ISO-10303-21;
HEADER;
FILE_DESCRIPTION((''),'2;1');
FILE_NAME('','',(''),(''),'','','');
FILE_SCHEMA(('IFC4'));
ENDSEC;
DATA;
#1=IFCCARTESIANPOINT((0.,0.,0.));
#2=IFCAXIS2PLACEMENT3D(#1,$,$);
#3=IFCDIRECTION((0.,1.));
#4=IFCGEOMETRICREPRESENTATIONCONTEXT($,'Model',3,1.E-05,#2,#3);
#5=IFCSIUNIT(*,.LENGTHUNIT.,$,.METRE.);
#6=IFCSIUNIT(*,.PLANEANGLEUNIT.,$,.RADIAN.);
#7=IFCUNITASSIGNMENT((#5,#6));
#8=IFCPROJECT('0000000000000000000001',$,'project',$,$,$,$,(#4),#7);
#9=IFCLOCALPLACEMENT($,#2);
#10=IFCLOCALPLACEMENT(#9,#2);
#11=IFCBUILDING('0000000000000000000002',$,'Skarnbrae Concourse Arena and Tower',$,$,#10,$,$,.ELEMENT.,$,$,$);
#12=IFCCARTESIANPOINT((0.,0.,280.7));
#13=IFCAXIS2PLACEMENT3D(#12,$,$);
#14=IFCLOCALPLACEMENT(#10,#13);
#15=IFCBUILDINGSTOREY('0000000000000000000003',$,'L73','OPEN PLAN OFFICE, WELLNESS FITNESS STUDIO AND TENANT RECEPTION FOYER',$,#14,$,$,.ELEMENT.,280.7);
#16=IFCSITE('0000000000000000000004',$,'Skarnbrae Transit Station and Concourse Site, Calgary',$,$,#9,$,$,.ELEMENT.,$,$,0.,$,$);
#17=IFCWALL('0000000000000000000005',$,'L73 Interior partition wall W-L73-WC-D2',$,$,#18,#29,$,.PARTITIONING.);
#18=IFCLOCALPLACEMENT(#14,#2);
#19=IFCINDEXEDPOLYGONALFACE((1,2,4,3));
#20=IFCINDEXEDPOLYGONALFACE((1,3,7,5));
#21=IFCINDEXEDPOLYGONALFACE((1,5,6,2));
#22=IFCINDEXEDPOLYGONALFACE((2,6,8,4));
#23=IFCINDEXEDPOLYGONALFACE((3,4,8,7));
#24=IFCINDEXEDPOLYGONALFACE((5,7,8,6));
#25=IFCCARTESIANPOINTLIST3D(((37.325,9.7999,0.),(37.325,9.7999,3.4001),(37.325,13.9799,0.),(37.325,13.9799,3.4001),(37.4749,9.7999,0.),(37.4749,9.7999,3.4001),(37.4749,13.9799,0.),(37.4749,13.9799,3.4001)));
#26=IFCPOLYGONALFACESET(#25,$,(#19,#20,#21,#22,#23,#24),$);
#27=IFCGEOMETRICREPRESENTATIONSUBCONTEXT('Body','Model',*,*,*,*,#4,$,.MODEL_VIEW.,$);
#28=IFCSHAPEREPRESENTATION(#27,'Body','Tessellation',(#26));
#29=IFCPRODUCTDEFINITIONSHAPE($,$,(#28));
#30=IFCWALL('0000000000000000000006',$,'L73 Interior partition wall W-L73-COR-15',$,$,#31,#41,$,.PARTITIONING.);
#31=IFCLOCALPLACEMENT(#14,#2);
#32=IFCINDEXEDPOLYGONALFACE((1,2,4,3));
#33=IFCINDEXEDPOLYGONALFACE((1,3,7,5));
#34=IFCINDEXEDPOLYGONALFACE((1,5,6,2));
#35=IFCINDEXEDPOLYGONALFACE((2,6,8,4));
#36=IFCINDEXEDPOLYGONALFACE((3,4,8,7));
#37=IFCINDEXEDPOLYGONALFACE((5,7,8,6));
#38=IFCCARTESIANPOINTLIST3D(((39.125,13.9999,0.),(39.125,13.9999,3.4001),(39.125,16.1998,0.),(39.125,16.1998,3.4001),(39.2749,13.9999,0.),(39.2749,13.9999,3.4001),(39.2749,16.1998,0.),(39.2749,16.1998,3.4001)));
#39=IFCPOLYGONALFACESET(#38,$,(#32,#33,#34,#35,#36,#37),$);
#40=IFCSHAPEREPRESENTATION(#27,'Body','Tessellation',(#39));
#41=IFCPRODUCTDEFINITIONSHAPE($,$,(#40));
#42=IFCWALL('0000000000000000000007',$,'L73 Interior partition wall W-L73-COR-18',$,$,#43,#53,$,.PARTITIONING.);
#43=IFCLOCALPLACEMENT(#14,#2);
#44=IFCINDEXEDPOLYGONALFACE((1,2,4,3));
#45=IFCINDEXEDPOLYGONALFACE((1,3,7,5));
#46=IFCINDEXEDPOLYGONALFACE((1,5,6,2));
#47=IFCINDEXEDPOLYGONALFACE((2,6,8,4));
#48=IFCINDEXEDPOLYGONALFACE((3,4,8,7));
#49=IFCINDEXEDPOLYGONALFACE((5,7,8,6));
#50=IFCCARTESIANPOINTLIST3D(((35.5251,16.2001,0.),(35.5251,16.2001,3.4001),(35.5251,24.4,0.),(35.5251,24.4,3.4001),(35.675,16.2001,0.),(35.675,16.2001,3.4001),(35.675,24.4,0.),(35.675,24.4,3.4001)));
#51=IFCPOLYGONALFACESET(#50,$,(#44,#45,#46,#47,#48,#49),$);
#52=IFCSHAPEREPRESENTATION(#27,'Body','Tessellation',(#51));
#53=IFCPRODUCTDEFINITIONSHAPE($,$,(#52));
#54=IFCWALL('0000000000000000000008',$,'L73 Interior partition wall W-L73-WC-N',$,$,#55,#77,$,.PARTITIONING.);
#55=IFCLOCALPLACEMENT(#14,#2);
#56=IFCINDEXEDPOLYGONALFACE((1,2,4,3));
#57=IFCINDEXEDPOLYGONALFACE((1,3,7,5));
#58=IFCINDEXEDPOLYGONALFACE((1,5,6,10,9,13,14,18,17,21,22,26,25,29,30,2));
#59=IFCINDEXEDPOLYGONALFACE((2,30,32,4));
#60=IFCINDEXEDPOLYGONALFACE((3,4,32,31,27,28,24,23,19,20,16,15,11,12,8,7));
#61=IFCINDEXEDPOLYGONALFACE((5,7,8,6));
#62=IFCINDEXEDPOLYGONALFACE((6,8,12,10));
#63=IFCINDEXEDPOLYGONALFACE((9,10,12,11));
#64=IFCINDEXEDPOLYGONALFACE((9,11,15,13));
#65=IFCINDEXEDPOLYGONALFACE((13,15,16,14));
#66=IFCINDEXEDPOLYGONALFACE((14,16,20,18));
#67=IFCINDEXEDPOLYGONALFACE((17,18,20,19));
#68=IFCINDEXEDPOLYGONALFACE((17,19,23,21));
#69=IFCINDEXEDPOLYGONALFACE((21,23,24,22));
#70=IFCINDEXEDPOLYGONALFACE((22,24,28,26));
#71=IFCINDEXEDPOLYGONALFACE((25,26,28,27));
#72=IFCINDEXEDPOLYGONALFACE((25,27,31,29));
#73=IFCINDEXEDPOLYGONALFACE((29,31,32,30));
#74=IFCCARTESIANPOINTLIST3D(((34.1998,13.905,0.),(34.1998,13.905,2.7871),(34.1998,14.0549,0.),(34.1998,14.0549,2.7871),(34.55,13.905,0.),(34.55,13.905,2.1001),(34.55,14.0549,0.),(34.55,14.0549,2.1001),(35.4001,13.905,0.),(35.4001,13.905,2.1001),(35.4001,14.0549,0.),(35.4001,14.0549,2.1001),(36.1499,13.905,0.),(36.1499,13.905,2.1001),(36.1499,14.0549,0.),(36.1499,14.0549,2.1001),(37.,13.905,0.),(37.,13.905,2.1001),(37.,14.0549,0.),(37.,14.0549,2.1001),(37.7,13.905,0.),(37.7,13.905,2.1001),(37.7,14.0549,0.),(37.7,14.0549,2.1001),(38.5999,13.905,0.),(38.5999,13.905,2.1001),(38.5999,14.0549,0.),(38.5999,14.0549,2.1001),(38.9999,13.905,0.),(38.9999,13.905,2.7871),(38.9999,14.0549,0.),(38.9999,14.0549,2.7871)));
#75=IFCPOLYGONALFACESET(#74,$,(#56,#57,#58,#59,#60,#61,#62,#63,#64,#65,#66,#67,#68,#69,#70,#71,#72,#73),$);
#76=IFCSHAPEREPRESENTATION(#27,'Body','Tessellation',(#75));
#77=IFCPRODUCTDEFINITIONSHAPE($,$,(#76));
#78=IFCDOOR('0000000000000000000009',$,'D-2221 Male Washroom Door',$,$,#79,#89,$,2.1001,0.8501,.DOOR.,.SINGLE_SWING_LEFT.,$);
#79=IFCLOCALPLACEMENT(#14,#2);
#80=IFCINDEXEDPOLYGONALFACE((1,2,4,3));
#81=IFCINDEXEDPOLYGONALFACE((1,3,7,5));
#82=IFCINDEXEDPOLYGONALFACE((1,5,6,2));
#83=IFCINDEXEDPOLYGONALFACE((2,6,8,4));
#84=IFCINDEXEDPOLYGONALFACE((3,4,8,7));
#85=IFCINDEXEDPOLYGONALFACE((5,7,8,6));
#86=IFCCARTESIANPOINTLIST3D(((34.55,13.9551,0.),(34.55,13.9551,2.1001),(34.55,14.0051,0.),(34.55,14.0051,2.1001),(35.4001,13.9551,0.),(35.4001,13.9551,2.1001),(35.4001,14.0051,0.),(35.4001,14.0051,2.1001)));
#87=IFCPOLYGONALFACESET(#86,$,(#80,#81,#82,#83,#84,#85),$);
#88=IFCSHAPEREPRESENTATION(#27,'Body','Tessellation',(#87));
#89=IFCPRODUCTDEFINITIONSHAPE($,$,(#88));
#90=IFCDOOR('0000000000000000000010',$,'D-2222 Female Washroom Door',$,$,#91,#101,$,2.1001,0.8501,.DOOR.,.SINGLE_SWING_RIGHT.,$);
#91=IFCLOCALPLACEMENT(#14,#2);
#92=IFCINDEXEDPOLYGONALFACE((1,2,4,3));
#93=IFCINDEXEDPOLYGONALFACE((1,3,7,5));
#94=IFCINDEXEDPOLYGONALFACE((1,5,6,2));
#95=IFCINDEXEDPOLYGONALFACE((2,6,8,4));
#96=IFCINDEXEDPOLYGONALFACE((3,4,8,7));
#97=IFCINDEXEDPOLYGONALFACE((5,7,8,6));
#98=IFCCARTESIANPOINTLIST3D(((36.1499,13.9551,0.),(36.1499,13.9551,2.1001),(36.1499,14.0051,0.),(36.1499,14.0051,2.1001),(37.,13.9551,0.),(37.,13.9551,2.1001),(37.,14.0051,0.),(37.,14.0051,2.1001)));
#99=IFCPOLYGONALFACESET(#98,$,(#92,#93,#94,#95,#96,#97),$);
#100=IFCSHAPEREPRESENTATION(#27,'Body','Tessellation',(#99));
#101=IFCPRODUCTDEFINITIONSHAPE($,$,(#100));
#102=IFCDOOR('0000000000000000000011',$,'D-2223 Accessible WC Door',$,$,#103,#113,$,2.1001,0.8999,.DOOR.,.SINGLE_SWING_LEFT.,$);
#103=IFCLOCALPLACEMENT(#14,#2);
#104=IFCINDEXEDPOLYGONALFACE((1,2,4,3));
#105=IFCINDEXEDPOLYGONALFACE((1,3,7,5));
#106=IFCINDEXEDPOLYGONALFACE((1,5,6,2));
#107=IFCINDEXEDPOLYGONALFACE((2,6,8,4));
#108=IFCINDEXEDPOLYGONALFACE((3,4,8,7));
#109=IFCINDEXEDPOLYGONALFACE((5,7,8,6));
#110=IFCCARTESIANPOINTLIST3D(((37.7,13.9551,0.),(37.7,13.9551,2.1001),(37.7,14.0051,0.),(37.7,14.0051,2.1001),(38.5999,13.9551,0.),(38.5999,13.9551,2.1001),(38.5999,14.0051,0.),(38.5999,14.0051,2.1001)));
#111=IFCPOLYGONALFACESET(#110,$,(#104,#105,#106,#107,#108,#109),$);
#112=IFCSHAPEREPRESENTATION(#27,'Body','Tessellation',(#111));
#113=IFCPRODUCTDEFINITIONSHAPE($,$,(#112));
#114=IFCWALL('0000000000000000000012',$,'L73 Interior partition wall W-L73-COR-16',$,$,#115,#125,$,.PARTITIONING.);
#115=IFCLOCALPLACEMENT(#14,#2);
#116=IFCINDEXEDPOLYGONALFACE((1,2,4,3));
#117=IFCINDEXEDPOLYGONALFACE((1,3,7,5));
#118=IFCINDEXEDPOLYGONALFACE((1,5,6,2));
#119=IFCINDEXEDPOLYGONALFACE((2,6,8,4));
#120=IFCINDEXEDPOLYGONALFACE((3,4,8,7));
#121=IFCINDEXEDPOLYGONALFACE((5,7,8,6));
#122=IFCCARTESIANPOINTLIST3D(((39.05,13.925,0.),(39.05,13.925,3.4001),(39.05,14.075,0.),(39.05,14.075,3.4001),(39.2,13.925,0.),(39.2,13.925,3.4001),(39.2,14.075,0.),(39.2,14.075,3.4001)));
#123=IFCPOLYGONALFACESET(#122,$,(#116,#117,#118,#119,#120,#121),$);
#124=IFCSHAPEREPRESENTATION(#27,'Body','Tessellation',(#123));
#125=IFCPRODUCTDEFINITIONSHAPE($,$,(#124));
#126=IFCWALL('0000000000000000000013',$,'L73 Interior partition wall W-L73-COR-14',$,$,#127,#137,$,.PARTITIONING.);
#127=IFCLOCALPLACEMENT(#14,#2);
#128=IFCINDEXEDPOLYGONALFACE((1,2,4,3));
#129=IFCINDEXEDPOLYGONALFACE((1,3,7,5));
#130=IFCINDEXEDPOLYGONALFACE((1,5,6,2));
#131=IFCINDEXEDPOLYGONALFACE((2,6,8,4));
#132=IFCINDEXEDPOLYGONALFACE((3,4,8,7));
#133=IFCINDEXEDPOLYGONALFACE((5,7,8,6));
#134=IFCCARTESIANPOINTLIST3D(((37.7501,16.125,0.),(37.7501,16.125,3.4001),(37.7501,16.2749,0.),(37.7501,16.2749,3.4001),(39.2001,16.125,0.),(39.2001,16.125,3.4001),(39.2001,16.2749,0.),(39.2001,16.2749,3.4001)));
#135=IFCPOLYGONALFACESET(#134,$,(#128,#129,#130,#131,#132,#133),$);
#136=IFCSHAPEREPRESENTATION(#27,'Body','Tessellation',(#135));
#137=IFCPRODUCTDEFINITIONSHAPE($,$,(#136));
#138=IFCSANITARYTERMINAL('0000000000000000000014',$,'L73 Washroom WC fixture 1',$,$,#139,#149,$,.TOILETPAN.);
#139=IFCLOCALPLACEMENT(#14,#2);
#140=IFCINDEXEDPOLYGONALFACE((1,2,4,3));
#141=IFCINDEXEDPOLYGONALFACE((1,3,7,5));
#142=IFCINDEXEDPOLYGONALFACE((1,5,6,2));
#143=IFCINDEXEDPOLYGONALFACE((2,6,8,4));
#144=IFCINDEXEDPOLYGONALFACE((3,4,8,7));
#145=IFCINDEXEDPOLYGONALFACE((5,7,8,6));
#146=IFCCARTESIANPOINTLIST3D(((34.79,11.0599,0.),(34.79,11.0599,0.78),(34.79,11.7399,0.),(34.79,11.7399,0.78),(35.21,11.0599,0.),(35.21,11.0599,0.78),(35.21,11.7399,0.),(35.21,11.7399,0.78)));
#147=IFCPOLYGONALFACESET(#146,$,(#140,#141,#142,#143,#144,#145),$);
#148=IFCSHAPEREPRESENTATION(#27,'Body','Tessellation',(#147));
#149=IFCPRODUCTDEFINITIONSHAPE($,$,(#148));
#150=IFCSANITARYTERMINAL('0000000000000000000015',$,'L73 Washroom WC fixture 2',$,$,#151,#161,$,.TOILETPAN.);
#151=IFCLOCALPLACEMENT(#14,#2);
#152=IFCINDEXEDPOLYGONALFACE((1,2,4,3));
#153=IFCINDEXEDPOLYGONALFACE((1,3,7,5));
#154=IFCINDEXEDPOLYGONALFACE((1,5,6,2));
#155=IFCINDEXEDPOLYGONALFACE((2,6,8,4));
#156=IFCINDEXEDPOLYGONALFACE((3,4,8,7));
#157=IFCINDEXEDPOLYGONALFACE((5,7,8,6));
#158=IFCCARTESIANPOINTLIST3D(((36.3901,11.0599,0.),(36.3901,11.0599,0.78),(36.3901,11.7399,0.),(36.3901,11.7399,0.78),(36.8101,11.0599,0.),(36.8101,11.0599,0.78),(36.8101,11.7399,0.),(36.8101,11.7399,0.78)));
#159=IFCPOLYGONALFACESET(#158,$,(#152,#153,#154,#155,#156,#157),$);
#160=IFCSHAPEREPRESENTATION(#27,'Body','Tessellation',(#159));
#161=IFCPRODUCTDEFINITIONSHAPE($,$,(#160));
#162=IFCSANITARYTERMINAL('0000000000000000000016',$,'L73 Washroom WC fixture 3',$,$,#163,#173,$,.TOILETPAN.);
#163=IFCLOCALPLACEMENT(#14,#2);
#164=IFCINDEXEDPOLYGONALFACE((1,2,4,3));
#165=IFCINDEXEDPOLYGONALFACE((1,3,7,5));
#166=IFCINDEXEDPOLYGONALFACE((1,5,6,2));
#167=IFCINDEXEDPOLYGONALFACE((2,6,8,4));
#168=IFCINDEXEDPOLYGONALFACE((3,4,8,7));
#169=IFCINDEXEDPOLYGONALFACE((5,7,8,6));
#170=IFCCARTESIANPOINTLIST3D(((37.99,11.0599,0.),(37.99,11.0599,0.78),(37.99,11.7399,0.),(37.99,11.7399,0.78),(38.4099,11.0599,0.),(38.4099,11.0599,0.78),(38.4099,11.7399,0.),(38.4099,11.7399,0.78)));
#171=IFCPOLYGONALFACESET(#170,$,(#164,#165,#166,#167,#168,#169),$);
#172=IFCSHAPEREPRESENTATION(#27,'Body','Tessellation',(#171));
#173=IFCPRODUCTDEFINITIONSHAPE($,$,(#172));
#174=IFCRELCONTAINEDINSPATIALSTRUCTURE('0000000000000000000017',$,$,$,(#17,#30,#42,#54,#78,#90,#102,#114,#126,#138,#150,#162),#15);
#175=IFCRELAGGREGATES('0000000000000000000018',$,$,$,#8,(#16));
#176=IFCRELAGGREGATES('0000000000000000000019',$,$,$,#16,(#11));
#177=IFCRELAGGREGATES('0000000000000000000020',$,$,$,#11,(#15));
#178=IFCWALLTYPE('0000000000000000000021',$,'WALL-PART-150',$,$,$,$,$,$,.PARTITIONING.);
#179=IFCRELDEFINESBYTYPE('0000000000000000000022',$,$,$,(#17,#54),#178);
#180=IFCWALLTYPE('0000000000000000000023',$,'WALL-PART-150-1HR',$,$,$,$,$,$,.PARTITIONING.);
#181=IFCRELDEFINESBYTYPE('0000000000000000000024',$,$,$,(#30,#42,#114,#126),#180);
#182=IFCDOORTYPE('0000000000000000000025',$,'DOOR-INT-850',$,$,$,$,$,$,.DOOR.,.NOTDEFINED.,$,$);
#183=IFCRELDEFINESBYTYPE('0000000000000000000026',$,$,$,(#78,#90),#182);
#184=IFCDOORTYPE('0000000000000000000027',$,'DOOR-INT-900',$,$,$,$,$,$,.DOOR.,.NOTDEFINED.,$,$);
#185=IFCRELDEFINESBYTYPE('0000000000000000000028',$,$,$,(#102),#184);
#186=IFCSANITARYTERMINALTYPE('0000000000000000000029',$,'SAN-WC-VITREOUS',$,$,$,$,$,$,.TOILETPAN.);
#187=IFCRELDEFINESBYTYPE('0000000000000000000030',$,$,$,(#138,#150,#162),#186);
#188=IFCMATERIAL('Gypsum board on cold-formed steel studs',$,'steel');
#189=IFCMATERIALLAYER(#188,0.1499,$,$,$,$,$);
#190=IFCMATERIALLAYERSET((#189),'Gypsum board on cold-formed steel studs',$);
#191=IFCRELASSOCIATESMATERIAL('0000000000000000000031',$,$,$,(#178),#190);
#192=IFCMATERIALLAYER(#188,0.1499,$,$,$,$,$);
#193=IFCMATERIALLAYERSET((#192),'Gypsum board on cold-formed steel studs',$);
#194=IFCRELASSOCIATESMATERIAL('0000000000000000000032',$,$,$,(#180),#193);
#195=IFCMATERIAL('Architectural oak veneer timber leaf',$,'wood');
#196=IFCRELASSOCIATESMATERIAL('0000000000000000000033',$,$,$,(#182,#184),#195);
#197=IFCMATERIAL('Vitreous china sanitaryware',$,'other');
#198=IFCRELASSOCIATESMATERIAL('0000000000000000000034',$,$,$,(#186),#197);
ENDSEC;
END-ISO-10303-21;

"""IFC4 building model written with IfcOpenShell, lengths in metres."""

from ifc_helpers import new_model, si_unit, direction, frame, frame_2d, origin, origin_2d, place, context, subcontext, project, spatial, rectangle, extrude, source, transform, mapped, material, layer, layer_set, type_object, element, fill, save


model = new_model("IFC4")

# Units and contexts
model_context = context("Model", 3, precision=1e-05, world=origin(), true_north=direction((0.0, 1.0)))
body_context = subcontext(model_context, "Body", "Model", "MODEL_VIEW")
ifc_project = project(units=[si_unit("LENGTHUNIT", "METRE"), si_unit("PLANEANGLEUNIT", "RADIAN")], contexts=[model_context])

# Site, building, storey
site_placement = place(None, origin())
site = spatial("IfcSite", under=ifc_project, at=site_placement, Name="Skarnbrae Transit Station and Concourse Site, Calgary", CompositionType="ELEMENT", RefElevation=0.0)
building_placement = place(site_placement, origin())
building = spatial("IfcBuilding", under=site, at=building_placement, Name="Skarnbrae Concourse Arena and Tower", CompositionType="ELEMENT")
storey_placement = place(building_placement, frame((0.0, 0.0, 280.7)))
storey = spatial("IfcBuildingStorey", under=building, at=storey_placement, Name="L73", Description="OPEN PLAN OFFICE, WELLNESS FITNESS STUDIO AND TENANT RECEPTION FOYER", CompositionType="ELEMENT", Elevation=280.7)

# Walls
ifc_material_1 = material(Name="Gypsum board on cold-formed steel studs", Category="steel")
ifc_layer_1 = layer(ifc_material_1, 0.1499)
ifc_layer_set_1 = layer_set([ifc_layer_1], Name="Gypsum board on cold-formed steel studs")
wall_type_1 = type_object("IfcWallType", Name="WALL-PART-150", PredefinedType="PARTITIONING", material=ifc_layer_set_1)
shared_shape_1 = source(origin(), body_context, "Body", "SweptSolid", [
    extrude(rectangle(XDim=4.1799, YDim=0.1499, at=frame_2d((2.0898, 0.0))), origin(), (0.0, 0.0, 1.0), 3.4001),
])
for number, where, z_axis, x_axis, name in (
    (1, (37.3999, 9.8, 0.0), (0.0, 0.0, 1.0), (0.0, 1.0, 0.0), "L73 Interior partition wall W-L73-WC-D2"),
):
    element("IfcWall", number, at=place(storey_placement, frame(where, z_axis=z_axis, x_axis=x_axis)), inside=storey, type_object=wall_type_1, Name=name, PredefinedType="PARTITIONING", context=body_context, shape_type="MappedRepresentation", body=[
        mapped(shared_shape_1, transform((0.0, 0.0, 0.0))),
    ])
ifc_layer_2 = layer(ifc_material_1, 0.1499)
ifc_layer_set_2 = layer_set([ifc_layer_2], Name="Gypsum board on cold-formed steel studs")
wall_type_2 = type_object("IfcWallType", Name="WALL-PART-150-1HR", PredefinedType="PARTITIONING", material=ifc_layer_set_2)
shared_shape_2 = source(origin(), body_context, "Body", "SweptSolid", [
    extrude(rectangle(XDim=2.2, YDim=0.1499, at=frame_2d((1.1001, 0.0))), origin(), (0.0, 0.0, 1.0), 3.4001),
])
wall_1_placement = place(storey_placement, frame((39.2, 16.2, 0.0), z_axis=(0.0, 0.0, 1.0), x_axis=(0.0, -1.0, 0.0)))
element("IfcWall", 2, at=wall_1_placement, inside=storey, type_object=wall_type_2, Name="L73 Interior partition wall W-L73-COR-15", PredefinedType="PARTITIONING", context=body_context, shape_type="MappedRepresentation", body=[
    mapped(shared_shape_2, transform((0.0, 0.0, 0.0))),
])
shared_shape_3 = source(origin(), body_context, "Body", "SweptSolid", [
    extrude(rectangle(XDim=8.2, YDim=0.1499, at=frame_2d((4.1001, 0.0))), origin(), (0.0, 0.0, 1.0), 3.4001),
])
wall_2_placement = place(storey_placement, frame((35.6001, 16.2, 0.0), z_axis=(0.0, 0.0, 1.0), x_axis=(0.0, 1.0, 0.0)))
element("IfcWall", 3, at=wall_2_placement, inside=storey, type_object=wall_type_2, Name="L73 Interior partition wall W-L73-COR-18", PredefinedType="PARTITIONING", context=body_context, shape_type="MappedRepresentation", body=[
    mapped(shared_shape_3, transform((0.0, 0.0, 0.0))),
])

# Wall, openings, doors
shared_shape_4 = source(origin(), body_context, "Body", "SweptSolid", [
    extrude(rectangle(XDim=4.8, YDim=0.1499, at=frame_2d((2.3999, 0.0))), origin(), (0.0, 0.0, 1.0), 2.7871),
])
wall_3_placement = place(storey_placement, frame((34.2, 13.98, 0.0), z_axis=(0.0, 0.0, 1.0), x_axis=(1.0, 0.0, 0.0)))
wall_3 = element("IfcWall", 4, at=wall_3_placement, inside=storey, type_object=wall_type_1, Name="L73 Interior partition wall W-L73-WC-N", PredefinedType="PARTITIONING", context=body_context, shape_type="MappedRepresentation", body=[
    mapped(shared_shape_4, transform((0.0, 0.0, 0.0))),
])
opening_1_placement = place(wall_3_placement, frame((0.3501, 0.0, 0.0)))
opening_1 = element("IfcOpeningElement", 5, at=opening_1_placement, cuts=wall_3, PredefinedType="OPENING", context=body_context, shape_type="SweptSolid", body=[
    extrude(rectangle(XDim=0.8501, YDim=2.1001, at=frame_2d((0.425, 1.05))), frame((0.0, 0.085, 0.0), z_axis=(0.0, -1.0, 0.0), x_axis=(1.0, 0.0, 0.0)), (0.0, 0.0, 1.0), 0.1699),
])
opening_2_placement = place(wall_3_placement, frame((1.95, 0.0, 0.0)))
opening_2 = element("IfcOpeningElement", 6, at=opening_2_placement, cuts=wall_3, PredefinedType="OPENING", context=body_context, shape_type="SweptSolid", body=[
    extrude(rectangle(XDim=0.8501, YDim=2.1001, at=frame_2d((0.425, 1.05))), frame((0.0, 0.085, 0.0), z_axis=(0.0, -1.0, 0.0), x_axis=(1.0, 0.0, 0.0)), (0.0, 0.0, 1.0), 0.1699),
])
opening_3_placement = place(wall_3_placement, frame((3.5, 0.0, 0.0)))
opening_3 = element("IfcOpeningElement", 7, at=opening_3_placement, cuts=wall_3, PredefinedType="OPENING", context=body_context, shape_type="SweptSolid", body=[
    extrude(rectangle(XDim=0.8999, YDim=2.1001, at=frame_2d((0.45, 1.05))), frame((0.0, 0.085, 0.0), z_axis=(0.0, -1.0, 0.0), x_axis=(1.0, 0.0, 0.0)), (0.0, 0.0, 1.0), 0.1699),
])
ifc_material_2 = material(Name="Architectural oak veneer timber leaf", Category="wood")
door_type_1 = type_object("IfcDoorType", Name="DOOR-INT-850", OperationType="NOTDEFINED", PredefinedType="DOOR", material=ifc_material_2)
shared_shape_5 = source(origin(), body_context, "Body", "SweptSolid", [
    extrude(rectangle(XDim=0.8501, YDim=2.1001, at=frame_2d((0.425, 1.05))), frame((0.0, 0.0249, 0.0), z_axis=(0.0, -1.0, 0.0), x_axis=(1.0, 0.0, 0.0)), (0.0, 0.0, 1.0), 0.05),
])
door_1_placement = place(opening_1_placement, frame((0.8501, 0.0, 0.0), z_axis=(0.0, 0.0, 1.0), x_axis=(-1.0, 0.0, 0.0)))
door_1 = element("IfcDoor", 8, at=door_1_placement, inside=storey, type_object=door_type_1, Name="D-2221 Male Washroom Door", OperationType="SINGLE_SWING_LEFT", OverallHeight=2.1001, OverallWidth=0.8501, PredefinedType="DOOR", context=body_context, shape_type="MappedRepresentation", body=[
    mapped(shared_shape_5, transform((0.0, 0.0, 0.0))),
])
fill(opening_1, door_1)
door_2_placement = place(opening_2_placement, frame((0.8501, 0.0, 0.0), z_axis=(0.0, 0.0, 1.0), x_axis=(-1.0, 0.0, 0.0)))
door_2 = element("IfcDoor", 9, at=door_2_placement, inside=storey, type_object=door_type_1, Name="D-2222 Female Washroom Door", OperationType="SINGLE_SWING_RIGHT", OverallHeight=2.1001, OverallWidth=0.8501, PredefinedType="DOOR", context=body_context, shape_type="MappedRepresentation", body=[
    mapped(shared_shape_5, transform((0.0, 0.0, 0.0))),
])
fill(opening_2, door_2)
door_type_2 = type_object("IfcDoorType", Name="DOOR-INT-900", OperationType="NOTDEFINED", PredefinedType="DOOR", material=ifc_material_2)
shared_shape_6 = source(origin(), body_context, "Body", "SweptSolid", [
    extrude(rectangle(XDim=0.8999, YDim=2.1001, at=frame_2d((0.45, 1.05))), frame((0.0, 0.0249, 0.0), z_axis=(0.0, -1.0, 0.0), x_axis=(1.0, 0.0, 0.0)), (0.0, 0.0, 1.0), 0.05),
])
door_3_placement = place(opening_3_placement, frame((0.8999, 0.0, 0.0), z_axis=(0.0, 0.0, 1.0), x_axis=(-1.0, 0.0, 0.0)))
door_3 = element("IfcDoor", 10, at=door_3_placement, inside=storey, type_object=door_type_2, Name="D-2223 Accessible WC Door", OperationType="SINGLE_SWING_LEFT", OverallHeight=2.1001, OverallWidth=0.8999, PredefinedType="DOOR", context=body_context, shape_type="MappedRepresentation", body=[
    mapped(shared_shape_6, transform((0.0, 0.0, 0.0))),
])
fill(opening_3, door_3)

# Walls
shared_shape_7 = source(origin(), body_context, "Body", "SweptSolid", [
    extrude(rectangle(XDim=0.1499, YDim=0.1499, at=frame_2d((0.075, 0.0))), origin(), (0.0, 0.0, 1.0), 3.4001),
])
wall_4_placement = place(storey_placement, frame((39.2, 14.0, 0.0), z_axis=(0.0, 0.0, 1.0), x_axis=(-1.0, 0.0, 0.0)))
element("IfcWall", 11, at=wall_4_placement, inside=storey, type_object=wall_type_2, Name="L73 Interior partition wall W-L73-COR-16", PredefinedType="PARTITIONING", context=body_context, shape_type="MappedRepresentation", body=[
    mapped(shared_shape_7, transform((0.0, 0.0, 0.0))),
])
shared_shape_8 = source(origin(), body_context, "Body", "SweptSolid", [
    extrude(rectangle(XDim=1.45, YDim=0.1499, at=frame_2d((0.7251, 0.0))), origin(), (0.0, 0.0, 1.0), 3.4001),
])
wall_5_placement = place(storey_placement, frame((37.75, 16.2, 0.0), z_axis=(0.0, 0.0, 1.0), x_axis=(1.0, 0.0, 0.0)))
element("IfcWall", 12, at=wall_5_placement, inside=storey, type_object=wall_type_2, Name="L73 Interior partition wall W-L73-COR-14", PredefinedType="PARTITIONING", context=body_context, shape_type="MappedRepresentation", body=[
    mapped(shared_shape_8, transform((0.0, 0.0, 0.0))),
])

# Sanitary terminals
ifc_material_3 = material(Name="Vitreous china sanitaryware", Category="other")
sanitary_terminal_type = type_object("IfcSanitaryTerminalType", Name="SAN-WC-VITREOUS", PredefinedType="TOILETPAN", material=ifc_material_3)
shared_shape_9 = source(origin(), body_context, "Body", "SweptSolid", [
    extrude(rectangle(XDim=0.4199, YDim=0.6799, at=origin_2d()), origin(), (0.0, 0.0, 1.0), 0.78),
])
for number, where, z_axis, x_axis, name in (
    (13, (35.0, 11.3999, 0.0), (0.0, 0.0, 1.0), (1.0, 0.0, 0.0), "L73 Washroom WC fixture 1"),
    (14, (36.6001, 11.3999, 0.0), (0.0, 0.0, 1.0), (1.0, 0.0, 0.0), "L73 Washroom WC fixture 2"),
    (15, (38.2, 11.3999, 0.0), (0.0, 0.0, 1.0), (1.0, 0.0, 0.0), "L73 Washroom WC fixture 3"),
):
    element("IfcSanitaryTerminal", number, at=place(storey_placement, frame(where, z_axis=z_axis, x_axis=x_axis)), inside=storey, type_object=sanitary_terminal_type, Name=name, PredefinedType="TOILETPAN", context=body_context, shape_type="MappedRepresentation", body=[
        mapped(shared_shape_9, transform((0.0, 0.0, 0.0))),
    ])

save(model, "model.ifc")
